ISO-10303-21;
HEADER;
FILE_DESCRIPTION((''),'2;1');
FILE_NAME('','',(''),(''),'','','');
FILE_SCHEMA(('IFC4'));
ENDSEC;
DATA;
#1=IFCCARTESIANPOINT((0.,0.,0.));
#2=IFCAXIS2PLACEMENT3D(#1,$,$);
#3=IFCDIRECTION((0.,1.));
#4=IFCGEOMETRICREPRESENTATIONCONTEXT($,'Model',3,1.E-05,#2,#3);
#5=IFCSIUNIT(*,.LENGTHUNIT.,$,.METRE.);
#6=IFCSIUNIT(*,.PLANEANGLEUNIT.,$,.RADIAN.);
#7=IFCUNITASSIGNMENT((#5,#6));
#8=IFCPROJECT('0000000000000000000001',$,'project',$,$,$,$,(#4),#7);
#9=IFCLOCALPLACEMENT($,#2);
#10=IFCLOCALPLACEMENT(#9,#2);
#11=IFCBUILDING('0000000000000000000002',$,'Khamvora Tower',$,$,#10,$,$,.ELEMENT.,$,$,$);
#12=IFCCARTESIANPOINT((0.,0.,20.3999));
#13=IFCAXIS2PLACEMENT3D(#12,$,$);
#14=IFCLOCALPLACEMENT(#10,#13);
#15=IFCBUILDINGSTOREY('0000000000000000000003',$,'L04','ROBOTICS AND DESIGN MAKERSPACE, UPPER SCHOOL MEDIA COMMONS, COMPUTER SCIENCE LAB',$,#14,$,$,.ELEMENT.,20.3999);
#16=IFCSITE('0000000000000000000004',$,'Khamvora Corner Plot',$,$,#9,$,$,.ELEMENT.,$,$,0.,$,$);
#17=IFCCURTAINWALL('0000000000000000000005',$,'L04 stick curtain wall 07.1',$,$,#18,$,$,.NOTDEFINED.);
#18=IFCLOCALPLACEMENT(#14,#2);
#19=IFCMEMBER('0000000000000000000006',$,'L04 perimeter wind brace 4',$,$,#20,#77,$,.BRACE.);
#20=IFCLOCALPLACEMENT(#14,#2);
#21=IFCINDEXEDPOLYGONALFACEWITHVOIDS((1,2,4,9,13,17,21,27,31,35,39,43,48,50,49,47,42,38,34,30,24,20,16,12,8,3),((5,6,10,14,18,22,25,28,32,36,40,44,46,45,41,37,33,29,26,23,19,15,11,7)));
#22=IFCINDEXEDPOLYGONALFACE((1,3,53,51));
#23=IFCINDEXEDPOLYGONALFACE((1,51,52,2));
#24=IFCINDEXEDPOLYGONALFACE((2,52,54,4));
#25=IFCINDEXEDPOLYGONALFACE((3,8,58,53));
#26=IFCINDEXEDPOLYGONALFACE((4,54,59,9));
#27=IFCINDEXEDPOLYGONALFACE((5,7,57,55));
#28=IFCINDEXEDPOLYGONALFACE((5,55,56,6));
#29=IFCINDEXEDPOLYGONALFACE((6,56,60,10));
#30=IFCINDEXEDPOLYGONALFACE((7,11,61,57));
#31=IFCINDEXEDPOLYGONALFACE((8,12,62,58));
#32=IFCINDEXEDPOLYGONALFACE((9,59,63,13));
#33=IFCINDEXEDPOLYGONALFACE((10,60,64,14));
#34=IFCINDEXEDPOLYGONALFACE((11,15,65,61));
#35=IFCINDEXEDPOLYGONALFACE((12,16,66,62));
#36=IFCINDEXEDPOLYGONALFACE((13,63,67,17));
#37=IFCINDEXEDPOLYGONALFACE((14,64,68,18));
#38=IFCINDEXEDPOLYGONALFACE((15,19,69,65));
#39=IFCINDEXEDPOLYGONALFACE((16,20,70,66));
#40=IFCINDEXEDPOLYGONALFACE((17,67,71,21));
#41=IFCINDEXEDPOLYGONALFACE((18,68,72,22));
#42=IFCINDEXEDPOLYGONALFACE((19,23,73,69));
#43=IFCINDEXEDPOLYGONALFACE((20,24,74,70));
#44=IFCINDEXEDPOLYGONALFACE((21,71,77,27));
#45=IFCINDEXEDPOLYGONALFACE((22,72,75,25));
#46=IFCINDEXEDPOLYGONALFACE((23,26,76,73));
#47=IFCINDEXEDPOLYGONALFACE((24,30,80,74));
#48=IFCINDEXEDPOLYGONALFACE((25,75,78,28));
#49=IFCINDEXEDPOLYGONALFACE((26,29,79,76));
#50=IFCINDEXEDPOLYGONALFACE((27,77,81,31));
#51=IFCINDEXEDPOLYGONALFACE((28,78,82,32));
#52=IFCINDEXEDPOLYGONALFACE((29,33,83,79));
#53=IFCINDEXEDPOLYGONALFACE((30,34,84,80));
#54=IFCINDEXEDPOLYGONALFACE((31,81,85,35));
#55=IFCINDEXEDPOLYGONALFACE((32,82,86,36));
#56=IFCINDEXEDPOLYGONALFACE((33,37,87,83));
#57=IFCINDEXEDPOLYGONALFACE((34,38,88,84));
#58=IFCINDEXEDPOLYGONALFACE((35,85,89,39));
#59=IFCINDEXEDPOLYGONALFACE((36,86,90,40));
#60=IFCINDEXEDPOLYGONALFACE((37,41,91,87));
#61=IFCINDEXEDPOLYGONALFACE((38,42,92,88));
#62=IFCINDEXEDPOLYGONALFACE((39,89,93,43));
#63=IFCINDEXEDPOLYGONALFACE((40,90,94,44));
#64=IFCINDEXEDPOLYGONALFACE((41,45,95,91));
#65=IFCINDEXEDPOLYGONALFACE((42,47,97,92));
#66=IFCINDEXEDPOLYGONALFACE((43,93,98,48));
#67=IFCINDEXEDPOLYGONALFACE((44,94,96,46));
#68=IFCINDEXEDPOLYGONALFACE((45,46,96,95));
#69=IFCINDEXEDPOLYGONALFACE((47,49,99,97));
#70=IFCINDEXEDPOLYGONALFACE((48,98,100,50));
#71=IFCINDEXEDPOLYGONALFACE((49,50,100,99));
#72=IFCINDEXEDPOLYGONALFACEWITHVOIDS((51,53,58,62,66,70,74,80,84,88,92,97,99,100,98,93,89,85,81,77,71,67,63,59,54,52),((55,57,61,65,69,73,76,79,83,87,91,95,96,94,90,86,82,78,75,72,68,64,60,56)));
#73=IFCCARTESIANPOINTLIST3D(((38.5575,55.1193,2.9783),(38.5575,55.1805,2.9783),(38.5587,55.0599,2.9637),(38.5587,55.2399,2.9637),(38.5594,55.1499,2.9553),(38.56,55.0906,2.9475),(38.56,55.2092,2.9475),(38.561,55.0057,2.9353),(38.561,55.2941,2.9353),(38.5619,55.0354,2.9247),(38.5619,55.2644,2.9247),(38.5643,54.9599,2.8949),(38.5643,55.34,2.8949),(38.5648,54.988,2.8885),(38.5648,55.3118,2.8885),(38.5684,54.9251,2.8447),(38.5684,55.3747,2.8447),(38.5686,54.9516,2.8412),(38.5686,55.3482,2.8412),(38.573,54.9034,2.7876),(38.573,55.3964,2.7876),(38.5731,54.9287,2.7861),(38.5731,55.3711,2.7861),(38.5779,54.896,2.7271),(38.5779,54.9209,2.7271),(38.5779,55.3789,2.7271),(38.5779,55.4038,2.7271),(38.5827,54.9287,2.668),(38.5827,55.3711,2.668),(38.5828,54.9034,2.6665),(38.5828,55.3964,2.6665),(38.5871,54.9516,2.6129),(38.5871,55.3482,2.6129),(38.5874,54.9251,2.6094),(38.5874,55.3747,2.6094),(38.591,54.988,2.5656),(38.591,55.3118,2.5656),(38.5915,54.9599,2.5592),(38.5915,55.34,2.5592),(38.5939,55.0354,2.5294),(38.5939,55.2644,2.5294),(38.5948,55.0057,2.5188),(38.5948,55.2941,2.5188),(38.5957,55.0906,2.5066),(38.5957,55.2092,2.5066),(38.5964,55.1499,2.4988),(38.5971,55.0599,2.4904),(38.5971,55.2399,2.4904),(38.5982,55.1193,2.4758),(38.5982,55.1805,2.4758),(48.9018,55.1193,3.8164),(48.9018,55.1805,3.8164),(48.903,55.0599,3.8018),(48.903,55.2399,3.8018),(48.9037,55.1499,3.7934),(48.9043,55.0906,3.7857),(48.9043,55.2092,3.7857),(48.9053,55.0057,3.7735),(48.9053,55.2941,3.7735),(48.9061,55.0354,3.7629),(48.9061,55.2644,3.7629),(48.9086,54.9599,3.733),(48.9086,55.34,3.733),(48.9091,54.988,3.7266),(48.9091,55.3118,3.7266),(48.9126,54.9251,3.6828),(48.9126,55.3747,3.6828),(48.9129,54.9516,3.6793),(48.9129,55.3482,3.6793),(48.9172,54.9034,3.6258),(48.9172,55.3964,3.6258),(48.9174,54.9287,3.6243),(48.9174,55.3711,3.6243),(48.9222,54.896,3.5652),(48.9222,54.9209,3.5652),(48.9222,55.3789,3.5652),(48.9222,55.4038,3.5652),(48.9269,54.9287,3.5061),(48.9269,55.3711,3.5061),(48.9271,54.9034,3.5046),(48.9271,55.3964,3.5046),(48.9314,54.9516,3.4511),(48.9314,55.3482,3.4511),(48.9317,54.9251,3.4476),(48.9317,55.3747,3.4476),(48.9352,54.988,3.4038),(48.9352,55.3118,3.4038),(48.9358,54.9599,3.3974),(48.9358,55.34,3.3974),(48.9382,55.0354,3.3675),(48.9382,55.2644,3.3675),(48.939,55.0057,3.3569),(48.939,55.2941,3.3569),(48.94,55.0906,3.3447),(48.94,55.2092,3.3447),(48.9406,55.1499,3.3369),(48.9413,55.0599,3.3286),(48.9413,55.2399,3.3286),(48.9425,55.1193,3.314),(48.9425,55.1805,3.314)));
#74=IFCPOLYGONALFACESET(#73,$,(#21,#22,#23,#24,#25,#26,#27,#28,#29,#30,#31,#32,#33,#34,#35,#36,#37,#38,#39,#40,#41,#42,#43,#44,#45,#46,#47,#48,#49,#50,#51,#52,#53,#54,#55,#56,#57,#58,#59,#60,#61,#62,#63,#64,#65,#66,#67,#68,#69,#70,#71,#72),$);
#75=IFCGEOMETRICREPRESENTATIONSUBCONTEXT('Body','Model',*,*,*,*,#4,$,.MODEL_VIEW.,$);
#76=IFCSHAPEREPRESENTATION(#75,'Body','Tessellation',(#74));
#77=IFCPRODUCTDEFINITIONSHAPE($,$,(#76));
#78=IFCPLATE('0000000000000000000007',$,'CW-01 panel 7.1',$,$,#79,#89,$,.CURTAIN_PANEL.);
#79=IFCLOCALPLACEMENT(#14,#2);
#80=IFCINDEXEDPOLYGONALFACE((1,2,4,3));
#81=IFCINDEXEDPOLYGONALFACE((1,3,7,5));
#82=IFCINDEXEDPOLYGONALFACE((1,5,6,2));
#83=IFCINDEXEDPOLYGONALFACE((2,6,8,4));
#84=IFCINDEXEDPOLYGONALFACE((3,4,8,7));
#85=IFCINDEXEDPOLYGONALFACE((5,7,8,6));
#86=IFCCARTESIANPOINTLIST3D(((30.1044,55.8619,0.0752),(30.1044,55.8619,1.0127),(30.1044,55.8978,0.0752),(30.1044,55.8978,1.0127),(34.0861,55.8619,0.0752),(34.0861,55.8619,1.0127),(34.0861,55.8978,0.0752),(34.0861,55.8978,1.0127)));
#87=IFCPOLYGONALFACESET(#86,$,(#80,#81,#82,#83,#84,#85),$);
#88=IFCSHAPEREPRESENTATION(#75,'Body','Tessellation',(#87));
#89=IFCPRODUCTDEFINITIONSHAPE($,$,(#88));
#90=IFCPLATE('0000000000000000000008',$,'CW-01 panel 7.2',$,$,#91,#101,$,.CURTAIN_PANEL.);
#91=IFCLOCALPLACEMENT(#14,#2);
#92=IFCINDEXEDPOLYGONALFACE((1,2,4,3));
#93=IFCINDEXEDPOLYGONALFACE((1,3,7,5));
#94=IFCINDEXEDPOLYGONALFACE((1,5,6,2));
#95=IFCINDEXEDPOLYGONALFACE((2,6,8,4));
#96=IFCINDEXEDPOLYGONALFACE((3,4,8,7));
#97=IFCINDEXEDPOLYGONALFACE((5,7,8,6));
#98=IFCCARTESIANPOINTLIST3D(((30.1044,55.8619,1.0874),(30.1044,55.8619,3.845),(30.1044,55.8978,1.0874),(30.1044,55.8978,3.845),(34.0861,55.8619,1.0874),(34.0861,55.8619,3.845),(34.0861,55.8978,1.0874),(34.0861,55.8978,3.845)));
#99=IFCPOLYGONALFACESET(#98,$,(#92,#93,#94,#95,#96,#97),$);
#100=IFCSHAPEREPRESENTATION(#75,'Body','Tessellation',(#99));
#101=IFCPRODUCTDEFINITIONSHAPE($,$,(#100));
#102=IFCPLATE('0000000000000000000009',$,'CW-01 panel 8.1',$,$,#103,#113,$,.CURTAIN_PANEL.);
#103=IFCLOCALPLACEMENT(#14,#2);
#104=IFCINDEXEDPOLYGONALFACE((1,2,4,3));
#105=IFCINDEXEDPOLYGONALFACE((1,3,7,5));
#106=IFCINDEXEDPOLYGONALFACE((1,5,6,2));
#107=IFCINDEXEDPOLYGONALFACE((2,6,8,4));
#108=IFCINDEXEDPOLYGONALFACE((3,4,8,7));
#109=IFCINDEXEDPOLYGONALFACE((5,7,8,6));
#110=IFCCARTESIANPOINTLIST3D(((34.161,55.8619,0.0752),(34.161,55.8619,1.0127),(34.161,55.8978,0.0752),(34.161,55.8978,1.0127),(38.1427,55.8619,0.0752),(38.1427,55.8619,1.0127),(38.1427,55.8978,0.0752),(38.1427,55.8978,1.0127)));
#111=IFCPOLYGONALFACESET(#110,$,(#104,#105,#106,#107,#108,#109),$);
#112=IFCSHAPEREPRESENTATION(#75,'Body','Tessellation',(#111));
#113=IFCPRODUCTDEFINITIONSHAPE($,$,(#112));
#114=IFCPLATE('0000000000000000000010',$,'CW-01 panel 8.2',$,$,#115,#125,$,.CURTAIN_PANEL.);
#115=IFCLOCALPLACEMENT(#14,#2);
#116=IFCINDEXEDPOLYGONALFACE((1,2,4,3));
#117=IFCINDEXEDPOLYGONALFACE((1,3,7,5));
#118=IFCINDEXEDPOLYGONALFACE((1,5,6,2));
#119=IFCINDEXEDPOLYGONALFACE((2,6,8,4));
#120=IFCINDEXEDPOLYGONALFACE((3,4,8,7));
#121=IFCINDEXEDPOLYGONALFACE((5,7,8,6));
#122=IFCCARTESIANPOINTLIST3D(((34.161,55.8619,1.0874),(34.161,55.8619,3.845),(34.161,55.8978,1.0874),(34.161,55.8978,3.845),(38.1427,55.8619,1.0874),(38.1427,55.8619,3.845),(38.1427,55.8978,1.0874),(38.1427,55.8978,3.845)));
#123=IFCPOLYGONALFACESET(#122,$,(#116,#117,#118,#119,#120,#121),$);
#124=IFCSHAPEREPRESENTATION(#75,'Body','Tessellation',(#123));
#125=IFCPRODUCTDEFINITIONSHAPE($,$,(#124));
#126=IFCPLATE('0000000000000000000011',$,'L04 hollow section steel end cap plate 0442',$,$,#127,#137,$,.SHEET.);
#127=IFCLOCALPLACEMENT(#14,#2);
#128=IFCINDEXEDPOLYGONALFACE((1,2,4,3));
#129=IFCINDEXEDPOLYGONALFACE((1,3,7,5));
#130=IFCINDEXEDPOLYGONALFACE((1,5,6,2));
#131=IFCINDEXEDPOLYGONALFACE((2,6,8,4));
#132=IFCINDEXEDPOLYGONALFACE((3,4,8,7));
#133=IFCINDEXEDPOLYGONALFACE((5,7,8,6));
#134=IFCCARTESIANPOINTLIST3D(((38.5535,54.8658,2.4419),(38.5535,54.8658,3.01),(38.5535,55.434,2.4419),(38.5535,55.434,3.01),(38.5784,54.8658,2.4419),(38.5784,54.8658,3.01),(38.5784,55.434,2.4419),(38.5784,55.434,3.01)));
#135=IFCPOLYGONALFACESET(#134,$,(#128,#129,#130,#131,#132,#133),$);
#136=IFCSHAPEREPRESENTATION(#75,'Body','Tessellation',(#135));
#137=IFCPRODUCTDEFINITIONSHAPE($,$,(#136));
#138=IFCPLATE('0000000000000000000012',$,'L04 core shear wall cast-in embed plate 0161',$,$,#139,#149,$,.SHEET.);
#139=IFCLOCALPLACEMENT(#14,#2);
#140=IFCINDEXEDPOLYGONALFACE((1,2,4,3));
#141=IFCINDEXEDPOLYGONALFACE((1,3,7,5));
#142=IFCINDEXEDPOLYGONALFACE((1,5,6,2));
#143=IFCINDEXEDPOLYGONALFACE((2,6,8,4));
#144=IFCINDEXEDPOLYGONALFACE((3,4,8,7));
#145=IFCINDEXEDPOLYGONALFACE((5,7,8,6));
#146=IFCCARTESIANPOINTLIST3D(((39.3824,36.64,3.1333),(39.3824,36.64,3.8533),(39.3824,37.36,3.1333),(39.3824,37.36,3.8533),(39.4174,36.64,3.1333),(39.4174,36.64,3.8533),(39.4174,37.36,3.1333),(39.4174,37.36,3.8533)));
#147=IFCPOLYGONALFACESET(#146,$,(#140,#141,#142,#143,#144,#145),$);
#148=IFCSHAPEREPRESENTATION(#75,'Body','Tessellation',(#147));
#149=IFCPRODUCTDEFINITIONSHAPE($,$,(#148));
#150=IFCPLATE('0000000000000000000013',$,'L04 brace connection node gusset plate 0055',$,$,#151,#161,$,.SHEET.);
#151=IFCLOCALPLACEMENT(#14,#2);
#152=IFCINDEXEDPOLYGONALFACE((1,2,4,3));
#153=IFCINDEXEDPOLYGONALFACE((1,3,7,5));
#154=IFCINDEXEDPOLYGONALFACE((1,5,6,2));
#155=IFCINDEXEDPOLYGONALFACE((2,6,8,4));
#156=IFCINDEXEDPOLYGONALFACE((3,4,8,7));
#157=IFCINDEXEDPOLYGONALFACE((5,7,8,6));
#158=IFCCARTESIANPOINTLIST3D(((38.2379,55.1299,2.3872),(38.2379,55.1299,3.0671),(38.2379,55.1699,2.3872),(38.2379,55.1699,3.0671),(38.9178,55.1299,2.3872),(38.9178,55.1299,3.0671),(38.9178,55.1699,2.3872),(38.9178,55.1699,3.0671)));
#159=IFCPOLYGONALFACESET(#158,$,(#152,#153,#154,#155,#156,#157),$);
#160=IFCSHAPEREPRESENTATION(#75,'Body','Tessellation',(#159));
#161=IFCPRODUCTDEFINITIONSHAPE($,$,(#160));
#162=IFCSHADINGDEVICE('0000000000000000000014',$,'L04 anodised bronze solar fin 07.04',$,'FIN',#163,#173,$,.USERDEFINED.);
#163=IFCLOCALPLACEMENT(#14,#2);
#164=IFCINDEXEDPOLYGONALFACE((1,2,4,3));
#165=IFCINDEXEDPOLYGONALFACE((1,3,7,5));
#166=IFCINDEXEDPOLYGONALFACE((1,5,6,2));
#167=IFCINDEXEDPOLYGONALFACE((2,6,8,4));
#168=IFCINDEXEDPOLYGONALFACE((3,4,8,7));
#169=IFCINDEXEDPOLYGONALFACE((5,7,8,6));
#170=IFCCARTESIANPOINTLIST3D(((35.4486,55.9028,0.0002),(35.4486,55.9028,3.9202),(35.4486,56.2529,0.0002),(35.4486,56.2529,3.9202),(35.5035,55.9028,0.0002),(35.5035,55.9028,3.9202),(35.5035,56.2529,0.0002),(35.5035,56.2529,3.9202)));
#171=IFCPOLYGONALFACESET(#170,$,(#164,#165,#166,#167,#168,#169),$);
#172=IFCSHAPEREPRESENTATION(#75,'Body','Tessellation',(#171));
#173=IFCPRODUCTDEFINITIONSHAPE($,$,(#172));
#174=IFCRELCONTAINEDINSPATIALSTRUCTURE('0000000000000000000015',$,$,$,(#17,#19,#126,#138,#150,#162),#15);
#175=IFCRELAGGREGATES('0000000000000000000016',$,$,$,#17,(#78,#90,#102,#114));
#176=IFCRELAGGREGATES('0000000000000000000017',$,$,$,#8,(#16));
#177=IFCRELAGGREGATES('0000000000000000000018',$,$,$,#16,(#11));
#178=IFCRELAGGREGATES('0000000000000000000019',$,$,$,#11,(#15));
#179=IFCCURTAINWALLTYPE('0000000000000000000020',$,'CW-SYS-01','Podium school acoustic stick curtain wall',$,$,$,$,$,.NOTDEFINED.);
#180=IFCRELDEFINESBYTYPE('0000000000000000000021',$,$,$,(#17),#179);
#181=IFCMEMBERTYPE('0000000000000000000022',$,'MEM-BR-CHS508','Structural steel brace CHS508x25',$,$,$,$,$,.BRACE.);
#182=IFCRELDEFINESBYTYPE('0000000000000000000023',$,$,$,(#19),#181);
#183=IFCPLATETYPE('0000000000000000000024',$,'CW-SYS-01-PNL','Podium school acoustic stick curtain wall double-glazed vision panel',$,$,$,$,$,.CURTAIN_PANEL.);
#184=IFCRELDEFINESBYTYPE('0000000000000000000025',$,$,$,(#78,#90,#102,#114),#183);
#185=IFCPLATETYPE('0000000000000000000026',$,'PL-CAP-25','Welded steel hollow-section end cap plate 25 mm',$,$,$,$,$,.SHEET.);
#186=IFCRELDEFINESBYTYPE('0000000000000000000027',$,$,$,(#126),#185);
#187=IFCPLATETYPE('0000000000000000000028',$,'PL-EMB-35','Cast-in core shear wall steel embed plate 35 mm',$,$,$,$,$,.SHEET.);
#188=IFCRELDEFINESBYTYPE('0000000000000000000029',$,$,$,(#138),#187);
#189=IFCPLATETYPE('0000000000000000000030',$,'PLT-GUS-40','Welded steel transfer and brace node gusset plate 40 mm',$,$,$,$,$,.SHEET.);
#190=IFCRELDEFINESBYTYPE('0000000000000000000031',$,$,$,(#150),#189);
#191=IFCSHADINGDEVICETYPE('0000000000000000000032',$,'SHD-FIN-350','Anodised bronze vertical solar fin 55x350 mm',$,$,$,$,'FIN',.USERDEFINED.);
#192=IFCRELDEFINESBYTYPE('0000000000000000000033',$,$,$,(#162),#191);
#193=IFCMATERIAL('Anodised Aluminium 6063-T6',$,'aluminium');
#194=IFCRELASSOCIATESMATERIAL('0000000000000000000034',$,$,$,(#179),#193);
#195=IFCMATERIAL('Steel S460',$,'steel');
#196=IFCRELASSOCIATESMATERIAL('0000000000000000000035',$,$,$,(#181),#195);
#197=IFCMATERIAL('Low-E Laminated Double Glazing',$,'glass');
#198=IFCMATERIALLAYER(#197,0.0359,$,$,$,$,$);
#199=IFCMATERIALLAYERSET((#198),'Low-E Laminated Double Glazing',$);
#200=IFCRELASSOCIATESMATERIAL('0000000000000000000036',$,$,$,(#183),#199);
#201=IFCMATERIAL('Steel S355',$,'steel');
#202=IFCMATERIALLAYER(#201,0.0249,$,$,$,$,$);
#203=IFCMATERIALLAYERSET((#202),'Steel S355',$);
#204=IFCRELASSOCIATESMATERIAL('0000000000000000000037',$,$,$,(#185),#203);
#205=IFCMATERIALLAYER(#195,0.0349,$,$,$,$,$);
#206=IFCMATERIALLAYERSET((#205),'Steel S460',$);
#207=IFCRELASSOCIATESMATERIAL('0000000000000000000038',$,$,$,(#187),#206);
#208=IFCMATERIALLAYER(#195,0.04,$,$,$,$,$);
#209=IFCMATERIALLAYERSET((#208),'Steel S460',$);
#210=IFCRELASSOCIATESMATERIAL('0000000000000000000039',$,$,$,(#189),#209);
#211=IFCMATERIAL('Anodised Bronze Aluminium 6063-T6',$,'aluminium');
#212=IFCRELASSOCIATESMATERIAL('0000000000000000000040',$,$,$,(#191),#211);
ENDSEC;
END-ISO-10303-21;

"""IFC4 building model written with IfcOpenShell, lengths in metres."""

from ifc_helpers import new_model, si_unit, direction, frame, origin, origin_2d, place, context, subcontext, project, spatial, rectangle, hollow_circle, extrude, material, layer, layer_set, material_profile, profile_set, type_object, element, aggregate, save


model = new_model("IFC4")

# Units and contexts
model_context = context("Model", 3, precision=1e-05, world=origin(), true_north=direction((0.0, 1.0)))
body_context = subcontext(model_context, "Body", "Model", "MODEL_VIEW")
ifc_project = project(units=[si_unit("LENGTHUNIT", "METRE"), si_unit("PLANEANGLEUNIT", "RADIAN")], contexts=[model_context])

# Site, building, storey
site_placement = place(None, origin())
site = spatial("IfcSite", under=ifc_project, at=site_placement, Name="Khamvora Corner Plot", CompositionType="ELEMENT", RefElevation=0.0)
building_placement = place(site_placement, origin())
building = spatial("IfcBuilding", under=site, at=building_placement, Name="Khamvora Tower", CompositionType="ELEMENT")
storey_placement = place(building_placement, frame((0.0, 0.0, 20.3999)))
storey = spatial("IfcBuildingStorey", under=building, at=storey_placement, Name="L04", Description="ROBOTICS AND DESIGN MAKERSPACE, UPPER SCHOOL MEDIA COMMONS, COMPUTER SCIENCE LAB", CompositionType="ELEMENT", Elevation=20.3999)

# Shared definitions
ifc_material_1 = material(Name="Steel S460", Category="steel")

# Shared definitions
ifc_material_2 = material(Name="Steel S355", Category="steel")

# Curtain wall
ifc_material_3 = material(Name="Anodised Aluminium 6063-T6", Category="aluminium")
curtain_wall_type = type_object("IfcCurtainWallType", Name="CW-SYS-01", Description="Podium school acoustic stick curtain wall", PredefinedType="NOTDEFINED", material=ifc_material_3)
curtain_wall_placement = place(storey_placement, origin())
curtain_wall = element("IfcCurtainWall", 1, at=curtain_wall_placement, inside=storey, type_object=curtain_wall_type, Name="L04 stick curtain wall 07.1", PredefinedType="NOTDEFINED")

# Member
ifc_material_profile_1 = material_profile(ifc_material_1, hollow_circle(Radius=0.2539, WallThickness=0.0249, at=origin_2d()), Name="CHS508x25")
ifc_profile_set_1 = profile_set([ifc_material_profile_1], Name="Steel S460")
member_type_1 = type_object("IfcMemberType", Name="MEM-BR-CHS508", Description="Structural steel brace CHS508x25", PredefinedType="BRACE", material=ifc_profile_set_1)
member_1_placement = place(storey_placement, frame((38.5779, 55.1499, 2.7271), z_axis=(0.996734, 0.0, 0.08076), x_axis=(0.0, 1.0, 0.0)))
element("IfcMember", 2, at=member_1_placement, inside=storey, type_object=member_type_1, Name="L04 perimeter wind brace 4", PredefinedType="BRACE", context=body_context, shape_type="SweptSolid", body=[
    extrude(hollow_circle(Radius=0.2539, WallThickness=0.0249, at=origin_2d()), origin(), (0.0, 0.0, 1.0), 10.3782),
])

# Plates
ifc_material_4 = material(Name="Low-E Laminated Double Glazing", Category="glass")
ifc_layer_1 = layer(ifc_material_4, 0.0359)
ifc_layer_set_1 = layer_set([ifc_layer_1], Name="Low-E Laminated Double Glazing")
plate_type_1 = type_object("IfcPlateType", Name="CW-SYS-01-PNL", Description="Podium school acoustic stick curtain wall double-glazed vision panel", PredefinedType="CURTAIN_PANEL", material=ifc_layer_set_1)
plate_1_placement = place(storey_placement, frame((32.0952, 55.8799, 0.0752), z_axis=(0.0, 0.0, 1.0), x_axis=(1.0, 0.0, 0.0)))
plate_1 = element("IfcPlate", 3, at=plate_1_placement, type_object=plate_type_1, Name="CW-01 panel 7.1", PredefinedType="CURTAIN_PANEL", context=body_context, shape_type="SweptSolid", body=[
    extrude(rectangle(XDim=3.9817, YDim=0.0359, at=origin_2d()), origin(), (0.0, 0.0, 1.0), 0.9375),
])
plate_2_placement = place(storey_placement, frame((32.0952, 55.8799, 1.0874), z_axis=(0.0, 0.0, 1.0), x_axis=(1.0, 0.0, 0.0)))
plate_2 = element("IfcPlate", 4, at=plate_2_placement, type_object=plate_type_1, Name="CW-01 panel 7.2", PredefinedType="CURTAIN_PANEL", context=body_context, shape_type="SweptSolid", body=[
    extrude(rectangle(XDim=3.9817, YDim=0.0359, at=origin_2d()), origin(), (0.0, 0.0, 1.0), 2.7576),
])
plate_3_placement = place(storey_placement, frame((36.1519, 55.8799, 0.0752), z_axis=(0.0, 0.0, 1.0), x_axis=(1.0, 0.0, 0.0)))
plate_3 = element("IfcPlate", 5, at=plate_3_placement, type_object=plate_type_1, Name="CW-01 panel 8.1", PredefinedType="CURTAIN_PANEL", context=body_context, shape_type="SweptSolid", body=[
    extrude(rectangle(XDim=3.9817, YDim=0.0359, at=origin_2d()), origin(), (0.0, 0.0, 1.0), 0.9375),
])
plate_4_placement = place(storey_placement, frame((36.1519, 55.8799, 1.0874), z_axis=(0.0, 0.0, 1.0), x_axis=(1.0, 0.0, 0.0)))
plate_4 = element("IfcPlate", 6, at=plate_4_placement, type_object=plate_type_1, Name="CW-01 panel 8.2", PredefinedType="CURTAIN_PANEL", context=body_context, shape_type="SweptSolid", body=[
    extrude(rectangle(XDim=3.9817, YDim=0.0359, at=origin_2d()), origin(), (0.0, 0.0, 1.0), 2.7576),
])
aggregate(curtain_wall, [plate_1, plate_2, plate_3, plate_4])

# Plates
ifc_layer_2 = layer(ifc_material_2, 0.0249)
ifc_layer_set_2 = layer_set([ifc_layer_2], Name="Steel S355")
plate_type_2 = type_object("IfcPlateType", Name="PL-CAP-25", Description="Welded steel hollow-section end cap plate 25 mm", PredefinedType="SHEET", material=ifc_layer_set_2)
plate_5_placement = place(storey_placement, frame((38.5659, 55.1499, 2.4419), z_axis=(0.0, 0.0, 1.0), x_axis=(1.0, 0.0, 0.0)))
element("IfcPlate", 7, at=plate_5_placement, inside=storey, type_object=plate_type_2, Name="L04 hollow section steel end cap plate 0442", PredefinedType="SHEET", context=body_context, shape_type="SweptSolid", body=[
    extrude(rectangle(XDim=0.0249, YDim=0.5681, at=origin_2d()), origin(), (0.0, 0.0, 1.0), 0.5681),
])
ifc_layer_3 = layer(ifc_material_1, 0.0349)
ifc_layer_set_3 = layer_set([ifc_layer_3], Name="Steel S460")
plate_type_3 = type_object("IfcPlateType", Name="PL-EMB-35", Description="Cast-in core shear wall steel embed plate 35 mm", PredefinedType="SHEET", material=ifc_layer_set_3)
plate_6_placement = place(storey_placement, frame((39.3999, 37.0, 3.1333), z_axis=(0.0, 0.0, 1.0), x_axis=(1.0, 0.0, 0.0)))
element("IfcPlate", 8, at=plate_6_placement, inside=storey, type_object=plate_type_3, Name="L04 core shear wall cast-in embed plate 0161", PredefinedType="SHEET", context=body_context, shape_type="SweptSolid", body=[
    extrude(rectangle(XDim=0.0349, YDim=0.72, at=origin_2d()), origin(), (0.0, 0.0, 1.0), 0.72),
])
ifc_layer_4 = layer(ifc_material_1, 0.04)
ifc_layer_set_4 = layer_set([ifc_layer_4], Name="Steel S460")
plate_type_4 = type_object("IfcPlateType", Name="PLT-GUS-40", Description="Welded steel transfer and brace node gusset plate 40 mm", PredefinedType="SHEET", material=ifc_layer_set_4)
plate_7_placement = place(storey_placement, frame((38.5779, 55.1499, 2.3872), z_axis=(0.0, 0.0, 1.0), x_axis=(1.0, 0.0, 0.0)))
element("IfcPlate", 9, at=plate_7_placement, inside=storey, type_object=plate_type_4, Name="L04 brace connection node gusset plate 0055", PredefinedType="SHEET", context=body_context, shape_type="SweptSolid", body=[
    extrude(rectangle(XDim=0.6799, YDim=0.04, at=origin_2d()), origin(), (0.0, 0.0, 1.0), 0.6799),
])

# Shading device
ifc_material_5 = material(Name="Anodised Bronze Aluminium 6063-T6", Category="aluminium")
shading_device_type = type_object("IfcShadingDeviceType", Name="SHD-FIN-350", Description="Anodised bronze vertical solar fin 55x350 mm", ElementType="FIN", PredefinedType="USERDEFINED", material=ifc_material_5)
shading_device_placement = place(storey_placement, frame((35.4761, 56.0779, 0.0002), z_axis=(0.0, 0.0, 1.0), x_axis=(1.0, 0.0, 0.0)))
element("IfcShadingDevice", 10, at=shading_device_placement, inside=storey, type_object=shading_device_type, Name="L04 anodised bronze solar fin 07.04", ObjectType="FIN", PredefinedType="USERDEFINED", context=body_context, shape_type="SweptSolid", body=[
    extrude(rectangle(XDim=0.0549, YDim=0.3501, at=origin_2d()), origin(), (0.0, 0.0, 1.0), 3.9199),
])

save(model, "model.ifc")
